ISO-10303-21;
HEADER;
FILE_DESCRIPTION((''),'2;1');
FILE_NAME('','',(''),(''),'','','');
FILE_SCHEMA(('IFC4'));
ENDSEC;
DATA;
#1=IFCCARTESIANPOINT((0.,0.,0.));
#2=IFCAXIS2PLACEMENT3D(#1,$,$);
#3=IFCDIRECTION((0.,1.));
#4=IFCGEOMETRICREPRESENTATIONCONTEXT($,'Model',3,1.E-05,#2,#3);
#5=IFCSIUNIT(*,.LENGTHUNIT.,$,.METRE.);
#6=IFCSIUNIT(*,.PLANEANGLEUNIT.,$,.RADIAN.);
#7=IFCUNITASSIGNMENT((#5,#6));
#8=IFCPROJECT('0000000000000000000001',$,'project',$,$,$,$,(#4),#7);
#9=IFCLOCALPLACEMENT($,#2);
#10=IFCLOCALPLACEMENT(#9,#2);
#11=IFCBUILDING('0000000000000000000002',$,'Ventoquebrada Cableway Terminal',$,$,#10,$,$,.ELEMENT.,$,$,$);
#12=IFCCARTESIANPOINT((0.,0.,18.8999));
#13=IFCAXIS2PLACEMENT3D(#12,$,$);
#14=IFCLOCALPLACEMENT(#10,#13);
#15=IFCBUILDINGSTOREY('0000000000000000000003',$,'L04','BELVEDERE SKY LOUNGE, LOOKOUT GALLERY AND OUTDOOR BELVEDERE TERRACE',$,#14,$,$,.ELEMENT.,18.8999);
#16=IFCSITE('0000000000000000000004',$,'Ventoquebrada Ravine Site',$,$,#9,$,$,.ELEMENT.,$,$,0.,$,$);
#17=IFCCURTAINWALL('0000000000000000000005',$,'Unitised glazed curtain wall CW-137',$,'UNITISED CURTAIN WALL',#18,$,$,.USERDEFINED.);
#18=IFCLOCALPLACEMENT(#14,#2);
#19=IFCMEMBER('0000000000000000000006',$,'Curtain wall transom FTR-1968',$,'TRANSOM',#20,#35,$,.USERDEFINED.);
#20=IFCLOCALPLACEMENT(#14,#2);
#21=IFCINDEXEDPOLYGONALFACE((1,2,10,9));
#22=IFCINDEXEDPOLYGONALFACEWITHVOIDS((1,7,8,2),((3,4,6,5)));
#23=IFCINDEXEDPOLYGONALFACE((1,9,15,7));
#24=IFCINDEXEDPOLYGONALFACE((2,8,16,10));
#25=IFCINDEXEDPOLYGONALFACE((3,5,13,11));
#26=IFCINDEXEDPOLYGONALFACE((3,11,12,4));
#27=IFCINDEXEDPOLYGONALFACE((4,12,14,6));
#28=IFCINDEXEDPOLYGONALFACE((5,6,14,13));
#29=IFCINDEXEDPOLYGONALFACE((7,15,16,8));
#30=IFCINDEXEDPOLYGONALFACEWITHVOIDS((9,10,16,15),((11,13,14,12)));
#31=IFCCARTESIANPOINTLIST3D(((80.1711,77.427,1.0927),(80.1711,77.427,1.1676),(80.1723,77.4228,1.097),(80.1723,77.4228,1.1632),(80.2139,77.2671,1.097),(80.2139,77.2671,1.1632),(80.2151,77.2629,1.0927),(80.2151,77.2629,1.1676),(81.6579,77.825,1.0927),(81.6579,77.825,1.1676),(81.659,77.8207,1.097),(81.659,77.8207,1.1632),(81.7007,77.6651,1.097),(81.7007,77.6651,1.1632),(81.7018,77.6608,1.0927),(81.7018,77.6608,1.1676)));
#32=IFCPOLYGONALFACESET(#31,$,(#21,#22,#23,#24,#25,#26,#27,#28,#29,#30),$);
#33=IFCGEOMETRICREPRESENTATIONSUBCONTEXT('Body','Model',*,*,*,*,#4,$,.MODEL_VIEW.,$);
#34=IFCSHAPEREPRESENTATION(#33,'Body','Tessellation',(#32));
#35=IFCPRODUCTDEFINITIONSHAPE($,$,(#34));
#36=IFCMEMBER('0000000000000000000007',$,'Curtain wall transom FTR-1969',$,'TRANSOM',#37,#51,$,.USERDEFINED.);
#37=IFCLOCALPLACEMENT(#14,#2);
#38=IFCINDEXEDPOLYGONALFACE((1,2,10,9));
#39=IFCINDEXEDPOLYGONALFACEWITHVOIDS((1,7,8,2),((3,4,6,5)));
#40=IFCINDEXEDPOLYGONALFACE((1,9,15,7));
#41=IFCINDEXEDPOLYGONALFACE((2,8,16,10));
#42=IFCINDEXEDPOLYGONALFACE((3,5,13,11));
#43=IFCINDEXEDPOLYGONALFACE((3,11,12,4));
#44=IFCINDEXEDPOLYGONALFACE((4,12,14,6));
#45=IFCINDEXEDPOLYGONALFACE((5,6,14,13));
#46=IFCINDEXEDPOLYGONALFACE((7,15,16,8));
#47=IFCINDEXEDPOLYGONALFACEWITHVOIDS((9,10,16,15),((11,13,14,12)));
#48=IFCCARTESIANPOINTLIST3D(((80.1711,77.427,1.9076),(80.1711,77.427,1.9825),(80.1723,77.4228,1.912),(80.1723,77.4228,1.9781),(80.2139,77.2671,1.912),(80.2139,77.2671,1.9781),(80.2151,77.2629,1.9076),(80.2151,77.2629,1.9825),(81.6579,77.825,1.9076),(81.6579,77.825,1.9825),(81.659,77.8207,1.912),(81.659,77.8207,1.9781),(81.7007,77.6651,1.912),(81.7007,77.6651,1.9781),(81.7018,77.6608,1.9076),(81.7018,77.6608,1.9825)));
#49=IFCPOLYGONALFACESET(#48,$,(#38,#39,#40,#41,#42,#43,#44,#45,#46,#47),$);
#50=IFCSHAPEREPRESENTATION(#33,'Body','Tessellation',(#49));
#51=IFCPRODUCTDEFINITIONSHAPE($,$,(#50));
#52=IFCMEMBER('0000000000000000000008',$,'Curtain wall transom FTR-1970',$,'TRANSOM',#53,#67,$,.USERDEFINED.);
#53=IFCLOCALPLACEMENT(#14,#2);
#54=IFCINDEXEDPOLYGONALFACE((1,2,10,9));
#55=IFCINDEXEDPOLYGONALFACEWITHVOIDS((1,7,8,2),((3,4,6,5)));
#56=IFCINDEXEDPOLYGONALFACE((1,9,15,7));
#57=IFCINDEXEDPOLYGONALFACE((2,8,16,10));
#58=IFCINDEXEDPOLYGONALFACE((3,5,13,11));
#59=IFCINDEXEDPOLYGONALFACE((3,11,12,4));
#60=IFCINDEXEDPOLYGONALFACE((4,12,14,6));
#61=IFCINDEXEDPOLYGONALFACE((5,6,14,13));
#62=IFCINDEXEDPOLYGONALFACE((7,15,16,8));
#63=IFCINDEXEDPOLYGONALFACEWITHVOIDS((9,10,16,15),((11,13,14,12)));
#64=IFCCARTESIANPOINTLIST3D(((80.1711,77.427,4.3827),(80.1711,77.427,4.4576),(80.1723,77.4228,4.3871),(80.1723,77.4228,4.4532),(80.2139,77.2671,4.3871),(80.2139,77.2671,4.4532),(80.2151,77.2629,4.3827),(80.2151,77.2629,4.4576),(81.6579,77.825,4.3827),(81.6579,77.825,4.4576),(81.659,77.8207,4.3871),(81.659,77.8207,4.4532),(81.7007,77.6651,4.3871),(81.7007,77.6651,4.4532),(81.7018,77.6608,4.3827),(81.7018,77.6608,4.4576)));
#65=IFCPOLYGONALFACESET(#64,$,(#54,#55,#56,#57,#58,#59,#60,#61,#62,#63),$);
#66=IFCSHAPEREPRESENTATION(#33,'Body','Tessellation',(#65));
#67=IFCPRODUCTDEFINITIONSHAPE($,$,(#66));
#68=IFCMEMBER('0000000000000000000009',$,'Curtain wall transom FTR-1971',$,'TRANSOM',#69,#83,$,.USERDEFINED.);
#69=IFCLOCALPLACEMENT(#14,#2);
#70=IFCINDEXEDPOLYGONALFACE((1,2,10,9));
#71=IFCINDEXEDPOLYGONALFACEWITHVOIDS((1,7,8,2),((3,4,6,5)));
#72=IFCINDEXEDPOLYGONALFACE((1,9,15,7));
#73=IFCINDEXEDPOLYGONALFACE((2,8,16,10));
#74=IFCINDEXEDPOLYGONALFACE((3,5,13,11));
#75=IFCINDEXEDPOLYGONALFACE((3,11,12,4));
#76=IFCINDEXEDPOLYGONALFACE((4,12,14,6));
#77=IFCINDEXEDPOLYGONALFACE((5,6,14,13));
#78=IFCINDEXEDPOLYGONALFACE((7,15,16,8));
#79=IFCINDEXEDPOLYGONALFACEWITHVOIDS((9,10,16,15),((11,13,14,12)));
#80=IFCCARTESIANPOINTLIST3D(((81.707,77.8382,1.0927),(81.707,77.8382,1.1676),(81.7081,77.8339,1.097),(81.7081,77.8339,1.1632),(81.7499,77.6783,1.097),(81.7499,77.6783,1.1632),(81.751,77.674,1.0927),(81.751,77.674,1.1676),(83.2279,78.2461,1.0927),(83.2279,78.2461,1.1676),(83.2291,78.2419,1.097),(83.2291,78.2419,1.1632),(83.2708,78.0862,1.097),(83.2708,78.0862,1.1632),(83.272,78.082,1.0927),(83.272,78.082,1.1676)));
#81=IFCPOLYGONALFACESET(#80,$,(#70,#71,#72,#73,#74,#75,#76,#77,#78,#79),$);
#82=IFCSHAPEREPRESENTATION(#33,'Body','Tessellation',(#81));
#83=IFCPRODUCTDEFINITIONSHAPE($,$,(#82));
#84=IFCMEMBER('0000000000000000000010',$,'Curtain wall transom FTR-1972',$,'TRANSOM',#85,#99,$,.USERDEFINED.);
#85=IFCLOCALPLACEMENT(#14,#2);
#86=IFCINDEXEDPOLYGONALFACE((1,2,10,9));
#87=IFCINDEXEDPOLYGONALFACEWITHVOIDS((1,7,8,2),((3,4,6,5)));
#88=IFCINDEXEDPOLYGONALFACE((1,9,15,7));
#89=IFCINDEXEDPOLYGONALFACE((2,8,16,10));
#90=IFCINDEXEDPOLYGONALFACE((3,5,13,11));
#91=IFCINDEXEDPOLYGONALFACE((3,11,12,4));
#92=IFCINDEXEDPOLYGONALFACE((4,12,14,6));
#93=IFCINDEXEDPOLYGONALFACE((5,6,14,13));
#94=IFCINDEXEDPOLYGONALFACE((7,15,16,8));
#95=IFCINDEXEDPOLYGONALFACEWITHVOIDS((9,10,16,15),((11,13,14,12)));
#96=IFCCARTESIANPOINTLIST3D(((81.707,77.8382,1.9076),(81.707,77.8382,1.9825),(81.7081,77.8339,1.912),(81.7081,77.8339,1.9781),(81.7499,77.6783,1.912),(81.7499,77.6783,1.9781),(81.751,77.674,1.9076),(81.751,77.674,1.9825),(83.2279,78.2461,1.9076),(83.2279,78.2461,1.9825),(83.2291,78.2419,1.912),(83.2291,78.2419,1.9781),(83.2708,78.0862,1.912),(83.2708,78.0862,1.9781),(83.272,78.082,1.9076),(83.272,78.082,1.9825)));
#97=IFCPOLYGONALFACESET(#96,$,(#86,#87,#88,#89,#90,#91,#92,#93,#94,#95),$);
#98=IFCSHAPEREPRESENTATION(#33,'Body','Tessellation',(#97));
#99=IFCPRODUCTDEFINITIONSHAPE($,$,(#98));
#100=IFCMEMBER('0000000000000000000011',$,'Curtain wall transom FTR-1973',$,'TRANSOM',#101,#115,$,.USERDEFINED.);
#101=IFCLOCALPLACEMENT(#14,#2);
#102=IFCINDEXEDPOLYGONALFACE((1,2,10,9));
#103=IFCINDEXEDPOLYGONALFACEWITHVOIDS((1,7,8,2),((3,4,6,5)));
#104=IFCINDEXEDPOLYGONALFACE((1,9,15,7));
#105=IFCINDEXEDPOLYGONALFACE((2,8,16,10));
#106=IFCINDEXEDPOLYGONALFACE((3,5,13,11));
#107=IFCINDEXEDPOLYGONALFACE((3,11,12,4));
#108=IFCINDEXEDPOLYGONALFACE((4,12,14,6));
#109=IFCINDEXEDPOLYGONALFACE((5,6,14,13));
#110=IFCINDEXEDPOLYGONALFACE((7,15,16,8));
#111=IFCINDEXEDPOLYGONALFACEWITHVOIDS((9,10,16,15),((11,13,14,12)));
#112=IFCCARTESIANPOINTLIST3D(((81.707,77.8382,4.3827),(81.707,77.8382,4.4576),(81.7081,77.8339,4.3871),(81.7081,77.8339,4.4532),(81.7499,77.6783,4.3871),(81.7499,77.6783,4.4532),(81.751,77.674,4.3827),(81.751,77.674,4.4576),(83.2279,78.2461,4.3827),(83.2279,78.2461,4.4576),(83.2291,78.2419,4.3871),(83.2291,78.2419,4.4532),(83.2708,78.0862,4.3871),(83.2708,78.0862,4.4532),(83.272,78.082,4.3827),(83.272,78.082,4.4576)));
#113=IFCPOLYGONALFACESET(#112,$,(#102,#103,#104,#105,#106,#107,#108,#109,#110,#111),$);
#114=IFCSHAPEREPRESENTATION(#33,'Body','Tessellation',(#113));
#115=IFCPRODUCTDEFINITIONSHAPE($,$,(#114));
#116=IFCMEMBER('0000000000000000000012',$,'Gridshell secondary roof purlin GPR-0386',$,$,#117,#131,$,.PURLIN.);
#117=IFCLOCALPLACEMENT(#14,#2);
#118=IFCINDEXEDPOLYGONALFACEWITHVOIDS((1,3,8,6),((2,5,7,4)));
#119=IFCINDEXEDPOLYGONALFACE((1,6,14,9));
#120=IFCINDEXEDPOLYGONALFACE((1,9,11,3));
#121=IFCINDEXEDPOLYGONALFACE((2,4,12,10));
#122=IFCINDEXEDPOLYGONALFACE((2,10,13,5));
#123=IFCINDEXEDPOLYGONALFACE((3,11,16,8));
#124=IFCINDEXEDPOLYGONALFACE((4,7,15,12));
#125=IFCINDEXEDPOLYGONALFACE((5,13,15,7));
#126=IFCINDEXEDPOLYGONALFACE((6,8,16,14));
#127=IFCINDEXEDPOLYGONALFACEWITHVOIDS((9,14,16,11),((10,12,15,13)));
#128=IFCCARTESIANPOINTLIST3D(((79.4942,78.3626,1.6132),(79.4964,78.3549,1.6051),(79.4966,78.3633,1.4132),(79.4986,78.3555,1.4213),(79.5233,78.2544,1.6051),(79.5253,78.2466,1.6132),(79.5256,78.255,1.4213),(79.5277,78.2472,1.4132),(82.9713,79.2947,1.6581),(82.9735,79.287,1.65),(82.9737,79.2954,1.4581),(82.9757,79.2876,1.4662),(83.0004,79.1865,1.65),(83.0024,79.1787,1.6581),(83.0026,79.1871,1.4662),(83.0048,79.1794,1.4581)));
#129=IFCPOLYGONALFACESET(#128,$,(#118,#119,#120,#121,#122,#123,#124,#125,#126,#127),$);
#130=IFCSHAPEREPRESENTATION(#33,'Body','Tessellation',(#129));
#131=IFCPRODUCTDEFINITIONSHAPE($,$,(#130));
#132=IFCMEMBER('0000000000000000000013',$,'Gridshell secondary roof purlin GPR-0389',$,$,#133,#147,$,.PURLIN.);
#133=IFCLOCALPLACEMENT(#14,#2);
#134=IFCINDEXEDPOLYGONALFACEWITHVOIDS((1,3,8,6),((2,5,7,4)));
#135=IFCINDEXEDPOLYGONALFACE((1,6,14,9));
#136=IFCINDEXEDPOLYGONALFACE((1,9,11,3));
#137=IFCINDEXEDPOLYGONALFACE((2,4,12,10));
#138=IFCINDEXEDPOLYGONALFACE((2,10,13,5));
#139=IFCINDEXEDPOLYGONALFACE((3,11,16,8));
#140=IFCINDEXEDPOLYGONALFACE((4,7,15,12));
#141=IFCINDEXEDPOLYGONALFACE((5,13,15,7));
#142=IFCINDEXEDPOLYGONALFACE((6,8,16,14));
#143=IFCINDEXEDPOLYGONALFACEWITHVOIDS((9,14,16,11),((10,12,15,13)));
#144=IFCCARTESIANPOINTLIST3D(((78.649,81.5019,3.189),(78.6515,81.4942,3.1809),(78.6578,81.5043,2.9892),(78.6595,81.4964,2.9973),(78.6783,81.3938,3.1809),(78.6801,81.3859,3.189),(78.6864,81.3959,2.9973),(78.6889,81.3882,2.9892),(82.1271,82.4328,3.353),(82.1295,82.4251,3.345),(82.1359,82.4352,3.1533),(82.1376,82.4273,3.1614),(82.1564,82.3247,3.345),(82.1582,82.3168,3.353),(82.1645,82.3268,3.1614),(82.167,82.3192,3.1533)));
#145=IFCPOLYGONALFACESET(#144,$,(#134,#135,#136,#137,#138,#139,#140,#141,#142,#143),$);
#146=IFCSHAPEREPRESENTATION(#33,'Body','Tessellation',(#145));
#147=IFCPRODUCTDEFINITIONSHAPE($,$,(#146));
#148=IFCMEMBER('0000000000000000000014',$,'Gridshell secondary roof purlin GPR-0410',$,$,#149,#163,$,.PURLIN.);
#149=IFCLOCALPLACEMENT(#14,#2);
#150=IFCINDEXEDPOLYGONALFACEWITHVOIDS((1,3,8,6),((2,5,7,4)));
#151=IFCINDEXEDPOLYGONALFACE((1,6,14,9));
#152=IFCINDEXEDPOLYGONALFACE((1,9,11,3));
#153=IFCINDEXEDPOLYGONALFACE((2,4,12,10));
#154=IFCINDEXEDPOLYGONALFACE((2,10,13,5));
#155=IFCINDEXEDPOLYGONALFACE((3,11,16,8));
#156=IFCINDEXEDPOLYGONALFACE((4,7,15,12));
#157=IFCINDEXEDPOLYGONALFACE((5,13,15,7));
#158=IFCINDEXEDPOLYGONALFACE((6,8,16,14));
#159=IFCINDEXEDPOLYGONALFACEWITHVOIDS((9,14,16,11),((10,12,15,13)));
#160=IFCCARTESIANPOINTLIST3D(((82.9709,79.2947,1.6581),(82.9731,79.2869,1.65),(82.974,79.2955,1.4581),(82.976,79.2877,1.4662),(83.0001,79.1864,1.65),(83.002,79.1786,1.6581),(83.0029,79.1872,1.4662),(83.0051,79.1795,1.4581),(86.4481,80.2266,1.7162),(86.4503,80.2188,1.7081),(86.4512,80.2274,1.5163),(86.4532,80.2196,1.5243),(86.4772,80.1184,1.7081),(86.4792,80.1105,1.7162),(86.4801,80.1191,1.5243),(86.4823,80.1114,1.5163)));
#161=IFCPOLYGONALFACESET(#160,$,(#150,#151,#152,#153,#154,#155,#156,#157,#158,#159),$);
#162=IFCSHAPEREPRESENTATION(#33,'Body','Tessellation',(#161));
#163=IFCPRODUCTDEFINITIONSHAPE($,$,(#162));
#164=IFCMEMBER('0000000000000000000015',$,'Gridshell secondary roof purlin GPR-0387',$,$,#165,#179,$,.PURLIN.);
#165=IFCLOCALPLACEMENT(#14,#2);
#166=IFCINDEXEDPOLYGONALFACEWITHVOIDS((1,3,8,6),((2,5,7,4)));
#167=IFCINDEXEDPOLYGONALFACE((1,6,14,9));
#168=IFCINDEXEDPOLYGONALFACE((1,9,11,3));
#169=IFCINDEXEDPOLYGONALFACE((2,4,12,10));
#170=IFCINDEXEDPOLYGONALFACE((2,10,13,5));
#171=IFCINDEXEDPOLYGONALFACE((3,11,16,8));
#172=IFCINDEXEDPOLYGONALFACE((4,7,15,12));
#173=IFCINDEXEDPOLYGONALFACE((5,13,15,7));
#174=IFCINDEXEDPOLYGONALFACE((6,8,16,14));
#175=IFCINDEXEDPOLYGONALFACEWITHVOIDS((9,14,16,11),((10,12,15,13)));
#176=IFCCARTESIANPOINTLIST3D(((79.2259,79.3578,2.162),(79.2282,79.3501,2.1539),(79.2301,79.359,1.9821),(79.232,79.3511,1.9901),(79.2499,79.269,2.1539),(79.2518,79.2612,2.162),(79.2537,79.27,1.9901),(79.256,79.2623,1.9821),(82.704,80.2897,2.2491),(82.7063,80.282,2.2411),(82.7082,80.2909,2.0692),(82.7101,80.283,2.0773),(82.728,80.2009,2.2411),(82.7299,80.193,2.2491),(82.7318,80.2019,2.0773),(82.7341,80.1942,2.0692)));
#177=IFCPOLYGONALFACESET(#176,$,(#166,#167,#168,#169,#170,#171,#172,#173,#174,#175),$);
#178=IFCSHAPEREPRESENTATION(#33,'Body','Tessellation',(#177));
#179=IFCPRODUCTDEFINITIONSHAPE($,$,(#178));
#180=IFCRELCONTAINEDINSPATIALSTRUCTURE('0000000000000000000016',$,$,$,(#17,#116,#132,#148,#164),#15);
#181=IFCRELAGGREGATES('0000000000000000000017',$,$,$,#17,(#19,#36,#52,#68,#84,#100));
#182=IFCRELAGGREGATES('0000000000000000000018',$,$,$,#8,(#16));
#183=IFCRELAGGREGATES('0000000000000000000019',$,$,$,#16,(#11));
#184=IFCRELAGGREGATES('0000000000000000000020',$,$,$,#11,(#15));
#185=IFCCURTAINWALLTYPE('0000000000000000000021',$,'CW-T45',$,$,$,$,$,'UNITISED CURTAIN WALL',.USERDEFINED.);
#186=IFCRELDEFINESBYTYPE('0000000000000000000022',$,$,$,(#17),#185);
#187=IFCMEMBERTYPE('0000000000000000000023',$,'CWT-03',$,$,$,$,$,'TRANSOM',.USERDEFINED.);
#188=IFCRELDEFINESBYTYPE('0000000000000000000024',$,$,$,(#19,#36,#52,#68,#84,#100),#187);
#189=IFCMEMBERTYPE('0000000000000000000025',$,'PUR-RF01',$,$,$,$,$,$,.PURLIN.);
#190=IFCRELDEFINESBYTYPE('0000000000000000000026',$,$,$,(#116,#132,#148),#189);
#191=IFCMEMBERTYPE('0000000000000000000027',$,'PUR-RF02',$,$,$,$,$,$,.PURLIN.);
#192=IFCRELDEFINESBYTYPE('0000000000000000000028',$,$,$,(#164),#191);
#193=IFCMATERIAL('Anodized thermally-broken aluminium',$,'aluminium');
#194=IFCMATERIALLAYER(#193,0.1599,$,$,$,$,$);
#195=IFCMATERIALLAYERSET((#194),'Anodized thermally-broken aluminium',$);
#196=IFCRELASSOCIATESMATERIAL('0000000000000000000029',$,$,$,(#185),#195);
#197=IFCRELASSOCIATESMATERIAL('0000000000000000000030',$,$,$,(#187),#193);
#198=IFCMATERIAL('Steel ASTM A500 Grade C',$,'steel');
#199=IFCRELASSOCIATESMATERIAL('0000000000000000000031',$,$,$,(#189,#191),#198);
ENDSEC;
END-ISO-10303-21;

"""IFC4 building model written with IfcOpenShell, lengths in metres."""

from ifc_helpers import new_model, si_unit, direction, frame, origin, origin_2d, place, context, subcontext, project, spatial, hollow_rectangle, extrude, material, layer, layer_set, material_profile, profile_set, type_object, element, aggregate, save


model = new_model("IFC4")

# Units and contexts
model_context = context("Model", 3, precision=1e-05, world=origin(), true_north=direction((0.0, 1.0)))
body_context = subcontext(model_context, "Body", "Model", "MODEL_VIEW")
ifc_project = project(units=[si_unit("LENGTHUNIT", "METRE"), si_unit("PLANEANGLEUNIT", "RADIAN")], contexts=[model_context])

# Site, building, storey
site_placement = place(None, origin())
site = spatial("IfcSite", under=ifc_project, at=site_placement, Name="Ventoquebrada Ravine Site", CompositionType="ELEMENT", RefElevation=0.0)
building_placement = place(site_placement, origin())
building = spatial("IfcBuilding", under=site, at=building_placement, Name="Ventoquebrada Cableway Terminal", CompositionType="ELEMENT")
storey_placement = place(building_placement, frame((0.0, 0.0, 18.8999)))
storey = spatial("IfcBuildingStorey", under=building, at=storey_placement, Name="L04", Description="BELVEDERE SKY LOUNGE, LOOKOUT GALLERY AND OUTDOOR BELVEDERE TERRACE", CompositionType="ELEMENT", Elevation=18.8999)

# Shared definitions
ifc_material_1 = material(Name="Steel ASTM A500 Grade C", Category="steel")

# Shared definitions
ifc_material_2 = material(Name="Anodized thermally-broken aluminium", Category="aluminium")
ifc_layer_1 = layer(ifc_material_2, 0.1599)
ifc_layer_set_1 = layer_set([ifc_layer_1], Name="Anodized thermally-broken aluminium")
curtain_wall_type = type_object("IfcCurtainWallType", Name="CW-T45", ElementType="UNITISED CURTAIN WALL", PredefinedType="USERDEFINED", material=ifc_layer_set_1)

# Curtain wall, members
curtain_wall_1_placement = place(storey_placement, origin())
curtain_wall_1 = element("IfcCurtainWall", 1, at=curtain_wall_1_placement, inside=storey, type_object=curtain_wall_type, Name="Unitised glazed curtain wall CW-137", ObjectType="UNITISED CURTAIN WALL", PredefinedType="USERDEFINED")
ifc_material_profile_1 = material_profile(ifc_material_2, hollow_rectangle(XDim=0.075, YDim=0.1699, WallThickness=0.0044, at=origin_2d()), Name="CW-TRN-75X170")
ifc_profile_set_1 = profile_set([ifc_material_profile_1], Name="Anodized thermally-broken aluminium")
member_type_1 = type_object("IfcMemberType", Name="CWT-03", ElementType="TRANSOM", PredefinedType="USERDEFINED", material=ifc_profile_set_1)
member_1_placement = place(storey_placement, frame((80.1931, 77.345, 1.1301), z_axis=(0.965998, 0.258551, 0.0), x_axis=(0.0, 0.0, 1.0)))
member_1 = element("IfcMember", 2, at=member_1_placement, type_object=member_type_1, Name="Curtain wall transom FTR-1968", ObjectType="TRANSOM", PredefinedType="USERDEFINED", context=body_context, shape_type="SweptSolid", body=[
    extrude(hollow_rectangle(XDim=0.075, YDim=0.1699, WallThickness=0.0044, at=origin_2d()), origin(), (0.0, 0.0, 1.0), 1.5391),
])
member_2_placement = place(storey_placement, frame((80.1931, 77.345, 1.9451), z_axis=(0.965998, 0.258551, 0.0), x_axis=(0.0, 0.0, 1.0)))
member_2 = element("IfcMember", 3, at=member_2_placement, type_object=member_type_1, Name="Curtain wall transom FTR-1969", ObjectType="TRANSOM", PredefinedType="USERDEFINED", context=body_context, shape_type="SweptSolid", body=[
    extrude(hollow_rectangle(XDim=0.075, YDim=0.1699, WallThickness=0.0044, at=origin_2d()), origin(), (0.0, 0.0, 1.0), 1.5391),
])
member_3_placement = place(storey_placement, frame((80.1931, 77.345, 4.4202), z_axis=(0.965998, 0.258551, 0.0), x_axis=(0.0, 0.0, 1.0)))
member_3 = element("IfcMember", 4, at=member_3_placement, type_object=member_type_1, Name="Curtain wall transom FTR-1970", ObjectType="TRANSOM", PredefinedType="USERDEFINED", context=body_context, shape_type="SweptSolid", body=[
    extrude(hollow_rectangle(XDim=0.075, YDim=0.1699, WallThickness=0.0044, at=origin_2d()), origin(), (0.0, 0.0, 1.0), 1.5391),
])
member_4_placement = place(storey_placement, frame((81.729, 77.7561, 1.1301), z_axis=(0.965861, 0.259062, 0.0), x_axis=(0.0, 0.0, 1.0)))
member_4 = element("IfcMember", 5, at=member_4_placement, type_object=member_type_1, Name="Curtain wall transom FTR-1971", ObjectType="TRANSOM", PredefinedType="USERDEFINED", context=body_context, shape_type="SweptSolid", body=[
    extrude(hollow_rectangle(XDim=0.075, YDim=0.1699, WallThickness=0.0044, at=origin_2d()), origin(), (0.0, 0.0, 1.0), 1.5747),
])
member_5_placement = place(storey_placement, frame((81.729, 77.7561, 1.9451), z_axis=(0.965861, 0.259062, 0.0), x_axis=(0.0, 0.0, 1.0)))
member_5 = element("IfcMember", 6, at=member_5_placement, type_object=member_type_1, Name="Curtain wall transom FTR-1972", ObjectType="TRANSOM", PredefinedType="USERDEFINED", context=body_context, shape_type="SweptSolid", body=[
    extrude(hollow_rectangle(XDim=0.075, YDim=0.1699, WallThickness=0.0044, at=origin_2d()), origin(), (0.0, 0.0, 1.0), 1.5747),
])
member_6_placement = place(storey_placement, frame((81.729, 77.7561, 4.4202), z_axis=(0.965861, 0.259062, 0.0), x_axis=(0.0, 0.0, 1.0)))
member_6 = element("IfcMember", 7, at=member_6_placement, type_object=member_type_1, Name="Curtain wall transom FTR-1973", ObjectType="TRANSOM", PredefinedType="USERDEFINED", context=body_context, shape_type="SweptSolid", body=[
    extrude(hollow_rectangle(XDim=0.075, YDim=0.1699, WallThickness=0.0044, at=origin_2d()), origin(), (0.0, 0.0, 1.0), 1.5747),
])

# Members
ifc_material_profile_2 = material_profile(ifc_material_1, hollow_rectangle(XDim=0.1201, YDim=0.2, WallThickness=0.0081, at=origin_2d()), Name="RHS200X120X8")
ifc_profile_set_2 = profile_set([ifc_material_profile_2], Name="Steel ASTM A500 Grade C")
member_type_2 = type_object("IfcMemberType", Name="PUR-RF01", PredefinedType="PURLIN", material=ifc_profile_set_2)
member_7_placement = place(storey_placement, frame((79.511, 78.3049, 1.5132), z_axis=(0.965819, 0.258917, 0.012478), x_axis=(-0.258937, 0.965894, 0.0)))
element("IfcMember", 8, at=member_7_placement, inside=storey, type_object=member_type_2, Name="Gridshell secondary roof purlin GPR-0386", PredefinedType="PURLIN", context=body_context, shape_type="SweptSolid", body=[
    extrude(hollow_rectangle(XDim=0.1201, YDim=0.2, WallThickness=0.0081, at=origin_2d()), origin(), (0.0, 0.0, 1.0), 3.6001),
])
member_8_placement = place(storey_placement, frame((78.6689, 81.4451, 3.0891), z_axis=(0.964996, 0.258285, 0.04552), x_axis=(-0.258553, 0.965997, 0.0)))
element("IfcMember", 9, at=member_8_placement, inside=storey, type_object=member_type_2, Name="Gridshell secondary roof purlin GPR-0389", PredefinedType="PURLIN", context=body_context, shape_type="SweptSolid", body=[
    extrude(hollow_rectangle(XDim=0.1201, YDim=0.2, WallThickness=0.0081, at=origin_2d()), origin(), (0.0, 0.0, 1.0), 3.6042),
])
member_9_placement = place(storey_placement, frame((82.988, 79.2371, 1.5581), z_axis=(0.965785, 0.25884, 0.016139), x_axis=(-0.258874, 0.965911, 0.0)))
element("IfcMember", 10, at=member_9_placement, inside=storey, type_object=member_type_2, Name="Gridshell secondary roof purlin GPR-0410", PredefinedType="PURLIN", context=body_context, shape_type="SweptSolid", body=[
    extrude(hollow_rectangle(XDim=0.1201, YDim=0.2, WallThickness=0.0081, at=origin_2d()), origin(), (0.0, 0.0, 1.0), 3.6003),
])
ifc_material_profile_3 = material_profile(ifc_material_1, hollow_rectangle(XDim=0.1001, YDim=0.1799, WallThickness=0.0081, at=origin_2d()), Name="RHS180X100X8")
ifc_profile_set_3 = profile_set([ifc_material_profile_3], Name="Steel ASTM A500 Grade C")
member_type_3 = type_object("IfcMemberType", Name="PUR-RF02", PredefinedType="PURLIN", material=ifc_profile_set_3)
member_10_placement = place(storey_placement, frame((79.241, 79.3101, 2.072), z_axis=(0.965646, 0.25873, 0.024199), x_axis=(-0.258806, 0.965929, 0.0)))
element("IfcMember", 11, at=member_10_placement, inside=storey, type_object=member_type_3, Name="Gridshell secondary roof purlin GPR-0387", PredefinedType="PURLIN", context=body_context, shape_type="SweptSolid", body=[
    extrude(hollow_rectangle(XDim=0.1001, YDim=0.1799, WallThickness=0.0081, at=origin_2d()), origin(), (0.0, 0.0, 1.0), 3.6018),
])

aggregate(curtain_wall_1, [member_1, member_2, member_3, member_4, member_5, member_6])

save(model, "model.ifc")
